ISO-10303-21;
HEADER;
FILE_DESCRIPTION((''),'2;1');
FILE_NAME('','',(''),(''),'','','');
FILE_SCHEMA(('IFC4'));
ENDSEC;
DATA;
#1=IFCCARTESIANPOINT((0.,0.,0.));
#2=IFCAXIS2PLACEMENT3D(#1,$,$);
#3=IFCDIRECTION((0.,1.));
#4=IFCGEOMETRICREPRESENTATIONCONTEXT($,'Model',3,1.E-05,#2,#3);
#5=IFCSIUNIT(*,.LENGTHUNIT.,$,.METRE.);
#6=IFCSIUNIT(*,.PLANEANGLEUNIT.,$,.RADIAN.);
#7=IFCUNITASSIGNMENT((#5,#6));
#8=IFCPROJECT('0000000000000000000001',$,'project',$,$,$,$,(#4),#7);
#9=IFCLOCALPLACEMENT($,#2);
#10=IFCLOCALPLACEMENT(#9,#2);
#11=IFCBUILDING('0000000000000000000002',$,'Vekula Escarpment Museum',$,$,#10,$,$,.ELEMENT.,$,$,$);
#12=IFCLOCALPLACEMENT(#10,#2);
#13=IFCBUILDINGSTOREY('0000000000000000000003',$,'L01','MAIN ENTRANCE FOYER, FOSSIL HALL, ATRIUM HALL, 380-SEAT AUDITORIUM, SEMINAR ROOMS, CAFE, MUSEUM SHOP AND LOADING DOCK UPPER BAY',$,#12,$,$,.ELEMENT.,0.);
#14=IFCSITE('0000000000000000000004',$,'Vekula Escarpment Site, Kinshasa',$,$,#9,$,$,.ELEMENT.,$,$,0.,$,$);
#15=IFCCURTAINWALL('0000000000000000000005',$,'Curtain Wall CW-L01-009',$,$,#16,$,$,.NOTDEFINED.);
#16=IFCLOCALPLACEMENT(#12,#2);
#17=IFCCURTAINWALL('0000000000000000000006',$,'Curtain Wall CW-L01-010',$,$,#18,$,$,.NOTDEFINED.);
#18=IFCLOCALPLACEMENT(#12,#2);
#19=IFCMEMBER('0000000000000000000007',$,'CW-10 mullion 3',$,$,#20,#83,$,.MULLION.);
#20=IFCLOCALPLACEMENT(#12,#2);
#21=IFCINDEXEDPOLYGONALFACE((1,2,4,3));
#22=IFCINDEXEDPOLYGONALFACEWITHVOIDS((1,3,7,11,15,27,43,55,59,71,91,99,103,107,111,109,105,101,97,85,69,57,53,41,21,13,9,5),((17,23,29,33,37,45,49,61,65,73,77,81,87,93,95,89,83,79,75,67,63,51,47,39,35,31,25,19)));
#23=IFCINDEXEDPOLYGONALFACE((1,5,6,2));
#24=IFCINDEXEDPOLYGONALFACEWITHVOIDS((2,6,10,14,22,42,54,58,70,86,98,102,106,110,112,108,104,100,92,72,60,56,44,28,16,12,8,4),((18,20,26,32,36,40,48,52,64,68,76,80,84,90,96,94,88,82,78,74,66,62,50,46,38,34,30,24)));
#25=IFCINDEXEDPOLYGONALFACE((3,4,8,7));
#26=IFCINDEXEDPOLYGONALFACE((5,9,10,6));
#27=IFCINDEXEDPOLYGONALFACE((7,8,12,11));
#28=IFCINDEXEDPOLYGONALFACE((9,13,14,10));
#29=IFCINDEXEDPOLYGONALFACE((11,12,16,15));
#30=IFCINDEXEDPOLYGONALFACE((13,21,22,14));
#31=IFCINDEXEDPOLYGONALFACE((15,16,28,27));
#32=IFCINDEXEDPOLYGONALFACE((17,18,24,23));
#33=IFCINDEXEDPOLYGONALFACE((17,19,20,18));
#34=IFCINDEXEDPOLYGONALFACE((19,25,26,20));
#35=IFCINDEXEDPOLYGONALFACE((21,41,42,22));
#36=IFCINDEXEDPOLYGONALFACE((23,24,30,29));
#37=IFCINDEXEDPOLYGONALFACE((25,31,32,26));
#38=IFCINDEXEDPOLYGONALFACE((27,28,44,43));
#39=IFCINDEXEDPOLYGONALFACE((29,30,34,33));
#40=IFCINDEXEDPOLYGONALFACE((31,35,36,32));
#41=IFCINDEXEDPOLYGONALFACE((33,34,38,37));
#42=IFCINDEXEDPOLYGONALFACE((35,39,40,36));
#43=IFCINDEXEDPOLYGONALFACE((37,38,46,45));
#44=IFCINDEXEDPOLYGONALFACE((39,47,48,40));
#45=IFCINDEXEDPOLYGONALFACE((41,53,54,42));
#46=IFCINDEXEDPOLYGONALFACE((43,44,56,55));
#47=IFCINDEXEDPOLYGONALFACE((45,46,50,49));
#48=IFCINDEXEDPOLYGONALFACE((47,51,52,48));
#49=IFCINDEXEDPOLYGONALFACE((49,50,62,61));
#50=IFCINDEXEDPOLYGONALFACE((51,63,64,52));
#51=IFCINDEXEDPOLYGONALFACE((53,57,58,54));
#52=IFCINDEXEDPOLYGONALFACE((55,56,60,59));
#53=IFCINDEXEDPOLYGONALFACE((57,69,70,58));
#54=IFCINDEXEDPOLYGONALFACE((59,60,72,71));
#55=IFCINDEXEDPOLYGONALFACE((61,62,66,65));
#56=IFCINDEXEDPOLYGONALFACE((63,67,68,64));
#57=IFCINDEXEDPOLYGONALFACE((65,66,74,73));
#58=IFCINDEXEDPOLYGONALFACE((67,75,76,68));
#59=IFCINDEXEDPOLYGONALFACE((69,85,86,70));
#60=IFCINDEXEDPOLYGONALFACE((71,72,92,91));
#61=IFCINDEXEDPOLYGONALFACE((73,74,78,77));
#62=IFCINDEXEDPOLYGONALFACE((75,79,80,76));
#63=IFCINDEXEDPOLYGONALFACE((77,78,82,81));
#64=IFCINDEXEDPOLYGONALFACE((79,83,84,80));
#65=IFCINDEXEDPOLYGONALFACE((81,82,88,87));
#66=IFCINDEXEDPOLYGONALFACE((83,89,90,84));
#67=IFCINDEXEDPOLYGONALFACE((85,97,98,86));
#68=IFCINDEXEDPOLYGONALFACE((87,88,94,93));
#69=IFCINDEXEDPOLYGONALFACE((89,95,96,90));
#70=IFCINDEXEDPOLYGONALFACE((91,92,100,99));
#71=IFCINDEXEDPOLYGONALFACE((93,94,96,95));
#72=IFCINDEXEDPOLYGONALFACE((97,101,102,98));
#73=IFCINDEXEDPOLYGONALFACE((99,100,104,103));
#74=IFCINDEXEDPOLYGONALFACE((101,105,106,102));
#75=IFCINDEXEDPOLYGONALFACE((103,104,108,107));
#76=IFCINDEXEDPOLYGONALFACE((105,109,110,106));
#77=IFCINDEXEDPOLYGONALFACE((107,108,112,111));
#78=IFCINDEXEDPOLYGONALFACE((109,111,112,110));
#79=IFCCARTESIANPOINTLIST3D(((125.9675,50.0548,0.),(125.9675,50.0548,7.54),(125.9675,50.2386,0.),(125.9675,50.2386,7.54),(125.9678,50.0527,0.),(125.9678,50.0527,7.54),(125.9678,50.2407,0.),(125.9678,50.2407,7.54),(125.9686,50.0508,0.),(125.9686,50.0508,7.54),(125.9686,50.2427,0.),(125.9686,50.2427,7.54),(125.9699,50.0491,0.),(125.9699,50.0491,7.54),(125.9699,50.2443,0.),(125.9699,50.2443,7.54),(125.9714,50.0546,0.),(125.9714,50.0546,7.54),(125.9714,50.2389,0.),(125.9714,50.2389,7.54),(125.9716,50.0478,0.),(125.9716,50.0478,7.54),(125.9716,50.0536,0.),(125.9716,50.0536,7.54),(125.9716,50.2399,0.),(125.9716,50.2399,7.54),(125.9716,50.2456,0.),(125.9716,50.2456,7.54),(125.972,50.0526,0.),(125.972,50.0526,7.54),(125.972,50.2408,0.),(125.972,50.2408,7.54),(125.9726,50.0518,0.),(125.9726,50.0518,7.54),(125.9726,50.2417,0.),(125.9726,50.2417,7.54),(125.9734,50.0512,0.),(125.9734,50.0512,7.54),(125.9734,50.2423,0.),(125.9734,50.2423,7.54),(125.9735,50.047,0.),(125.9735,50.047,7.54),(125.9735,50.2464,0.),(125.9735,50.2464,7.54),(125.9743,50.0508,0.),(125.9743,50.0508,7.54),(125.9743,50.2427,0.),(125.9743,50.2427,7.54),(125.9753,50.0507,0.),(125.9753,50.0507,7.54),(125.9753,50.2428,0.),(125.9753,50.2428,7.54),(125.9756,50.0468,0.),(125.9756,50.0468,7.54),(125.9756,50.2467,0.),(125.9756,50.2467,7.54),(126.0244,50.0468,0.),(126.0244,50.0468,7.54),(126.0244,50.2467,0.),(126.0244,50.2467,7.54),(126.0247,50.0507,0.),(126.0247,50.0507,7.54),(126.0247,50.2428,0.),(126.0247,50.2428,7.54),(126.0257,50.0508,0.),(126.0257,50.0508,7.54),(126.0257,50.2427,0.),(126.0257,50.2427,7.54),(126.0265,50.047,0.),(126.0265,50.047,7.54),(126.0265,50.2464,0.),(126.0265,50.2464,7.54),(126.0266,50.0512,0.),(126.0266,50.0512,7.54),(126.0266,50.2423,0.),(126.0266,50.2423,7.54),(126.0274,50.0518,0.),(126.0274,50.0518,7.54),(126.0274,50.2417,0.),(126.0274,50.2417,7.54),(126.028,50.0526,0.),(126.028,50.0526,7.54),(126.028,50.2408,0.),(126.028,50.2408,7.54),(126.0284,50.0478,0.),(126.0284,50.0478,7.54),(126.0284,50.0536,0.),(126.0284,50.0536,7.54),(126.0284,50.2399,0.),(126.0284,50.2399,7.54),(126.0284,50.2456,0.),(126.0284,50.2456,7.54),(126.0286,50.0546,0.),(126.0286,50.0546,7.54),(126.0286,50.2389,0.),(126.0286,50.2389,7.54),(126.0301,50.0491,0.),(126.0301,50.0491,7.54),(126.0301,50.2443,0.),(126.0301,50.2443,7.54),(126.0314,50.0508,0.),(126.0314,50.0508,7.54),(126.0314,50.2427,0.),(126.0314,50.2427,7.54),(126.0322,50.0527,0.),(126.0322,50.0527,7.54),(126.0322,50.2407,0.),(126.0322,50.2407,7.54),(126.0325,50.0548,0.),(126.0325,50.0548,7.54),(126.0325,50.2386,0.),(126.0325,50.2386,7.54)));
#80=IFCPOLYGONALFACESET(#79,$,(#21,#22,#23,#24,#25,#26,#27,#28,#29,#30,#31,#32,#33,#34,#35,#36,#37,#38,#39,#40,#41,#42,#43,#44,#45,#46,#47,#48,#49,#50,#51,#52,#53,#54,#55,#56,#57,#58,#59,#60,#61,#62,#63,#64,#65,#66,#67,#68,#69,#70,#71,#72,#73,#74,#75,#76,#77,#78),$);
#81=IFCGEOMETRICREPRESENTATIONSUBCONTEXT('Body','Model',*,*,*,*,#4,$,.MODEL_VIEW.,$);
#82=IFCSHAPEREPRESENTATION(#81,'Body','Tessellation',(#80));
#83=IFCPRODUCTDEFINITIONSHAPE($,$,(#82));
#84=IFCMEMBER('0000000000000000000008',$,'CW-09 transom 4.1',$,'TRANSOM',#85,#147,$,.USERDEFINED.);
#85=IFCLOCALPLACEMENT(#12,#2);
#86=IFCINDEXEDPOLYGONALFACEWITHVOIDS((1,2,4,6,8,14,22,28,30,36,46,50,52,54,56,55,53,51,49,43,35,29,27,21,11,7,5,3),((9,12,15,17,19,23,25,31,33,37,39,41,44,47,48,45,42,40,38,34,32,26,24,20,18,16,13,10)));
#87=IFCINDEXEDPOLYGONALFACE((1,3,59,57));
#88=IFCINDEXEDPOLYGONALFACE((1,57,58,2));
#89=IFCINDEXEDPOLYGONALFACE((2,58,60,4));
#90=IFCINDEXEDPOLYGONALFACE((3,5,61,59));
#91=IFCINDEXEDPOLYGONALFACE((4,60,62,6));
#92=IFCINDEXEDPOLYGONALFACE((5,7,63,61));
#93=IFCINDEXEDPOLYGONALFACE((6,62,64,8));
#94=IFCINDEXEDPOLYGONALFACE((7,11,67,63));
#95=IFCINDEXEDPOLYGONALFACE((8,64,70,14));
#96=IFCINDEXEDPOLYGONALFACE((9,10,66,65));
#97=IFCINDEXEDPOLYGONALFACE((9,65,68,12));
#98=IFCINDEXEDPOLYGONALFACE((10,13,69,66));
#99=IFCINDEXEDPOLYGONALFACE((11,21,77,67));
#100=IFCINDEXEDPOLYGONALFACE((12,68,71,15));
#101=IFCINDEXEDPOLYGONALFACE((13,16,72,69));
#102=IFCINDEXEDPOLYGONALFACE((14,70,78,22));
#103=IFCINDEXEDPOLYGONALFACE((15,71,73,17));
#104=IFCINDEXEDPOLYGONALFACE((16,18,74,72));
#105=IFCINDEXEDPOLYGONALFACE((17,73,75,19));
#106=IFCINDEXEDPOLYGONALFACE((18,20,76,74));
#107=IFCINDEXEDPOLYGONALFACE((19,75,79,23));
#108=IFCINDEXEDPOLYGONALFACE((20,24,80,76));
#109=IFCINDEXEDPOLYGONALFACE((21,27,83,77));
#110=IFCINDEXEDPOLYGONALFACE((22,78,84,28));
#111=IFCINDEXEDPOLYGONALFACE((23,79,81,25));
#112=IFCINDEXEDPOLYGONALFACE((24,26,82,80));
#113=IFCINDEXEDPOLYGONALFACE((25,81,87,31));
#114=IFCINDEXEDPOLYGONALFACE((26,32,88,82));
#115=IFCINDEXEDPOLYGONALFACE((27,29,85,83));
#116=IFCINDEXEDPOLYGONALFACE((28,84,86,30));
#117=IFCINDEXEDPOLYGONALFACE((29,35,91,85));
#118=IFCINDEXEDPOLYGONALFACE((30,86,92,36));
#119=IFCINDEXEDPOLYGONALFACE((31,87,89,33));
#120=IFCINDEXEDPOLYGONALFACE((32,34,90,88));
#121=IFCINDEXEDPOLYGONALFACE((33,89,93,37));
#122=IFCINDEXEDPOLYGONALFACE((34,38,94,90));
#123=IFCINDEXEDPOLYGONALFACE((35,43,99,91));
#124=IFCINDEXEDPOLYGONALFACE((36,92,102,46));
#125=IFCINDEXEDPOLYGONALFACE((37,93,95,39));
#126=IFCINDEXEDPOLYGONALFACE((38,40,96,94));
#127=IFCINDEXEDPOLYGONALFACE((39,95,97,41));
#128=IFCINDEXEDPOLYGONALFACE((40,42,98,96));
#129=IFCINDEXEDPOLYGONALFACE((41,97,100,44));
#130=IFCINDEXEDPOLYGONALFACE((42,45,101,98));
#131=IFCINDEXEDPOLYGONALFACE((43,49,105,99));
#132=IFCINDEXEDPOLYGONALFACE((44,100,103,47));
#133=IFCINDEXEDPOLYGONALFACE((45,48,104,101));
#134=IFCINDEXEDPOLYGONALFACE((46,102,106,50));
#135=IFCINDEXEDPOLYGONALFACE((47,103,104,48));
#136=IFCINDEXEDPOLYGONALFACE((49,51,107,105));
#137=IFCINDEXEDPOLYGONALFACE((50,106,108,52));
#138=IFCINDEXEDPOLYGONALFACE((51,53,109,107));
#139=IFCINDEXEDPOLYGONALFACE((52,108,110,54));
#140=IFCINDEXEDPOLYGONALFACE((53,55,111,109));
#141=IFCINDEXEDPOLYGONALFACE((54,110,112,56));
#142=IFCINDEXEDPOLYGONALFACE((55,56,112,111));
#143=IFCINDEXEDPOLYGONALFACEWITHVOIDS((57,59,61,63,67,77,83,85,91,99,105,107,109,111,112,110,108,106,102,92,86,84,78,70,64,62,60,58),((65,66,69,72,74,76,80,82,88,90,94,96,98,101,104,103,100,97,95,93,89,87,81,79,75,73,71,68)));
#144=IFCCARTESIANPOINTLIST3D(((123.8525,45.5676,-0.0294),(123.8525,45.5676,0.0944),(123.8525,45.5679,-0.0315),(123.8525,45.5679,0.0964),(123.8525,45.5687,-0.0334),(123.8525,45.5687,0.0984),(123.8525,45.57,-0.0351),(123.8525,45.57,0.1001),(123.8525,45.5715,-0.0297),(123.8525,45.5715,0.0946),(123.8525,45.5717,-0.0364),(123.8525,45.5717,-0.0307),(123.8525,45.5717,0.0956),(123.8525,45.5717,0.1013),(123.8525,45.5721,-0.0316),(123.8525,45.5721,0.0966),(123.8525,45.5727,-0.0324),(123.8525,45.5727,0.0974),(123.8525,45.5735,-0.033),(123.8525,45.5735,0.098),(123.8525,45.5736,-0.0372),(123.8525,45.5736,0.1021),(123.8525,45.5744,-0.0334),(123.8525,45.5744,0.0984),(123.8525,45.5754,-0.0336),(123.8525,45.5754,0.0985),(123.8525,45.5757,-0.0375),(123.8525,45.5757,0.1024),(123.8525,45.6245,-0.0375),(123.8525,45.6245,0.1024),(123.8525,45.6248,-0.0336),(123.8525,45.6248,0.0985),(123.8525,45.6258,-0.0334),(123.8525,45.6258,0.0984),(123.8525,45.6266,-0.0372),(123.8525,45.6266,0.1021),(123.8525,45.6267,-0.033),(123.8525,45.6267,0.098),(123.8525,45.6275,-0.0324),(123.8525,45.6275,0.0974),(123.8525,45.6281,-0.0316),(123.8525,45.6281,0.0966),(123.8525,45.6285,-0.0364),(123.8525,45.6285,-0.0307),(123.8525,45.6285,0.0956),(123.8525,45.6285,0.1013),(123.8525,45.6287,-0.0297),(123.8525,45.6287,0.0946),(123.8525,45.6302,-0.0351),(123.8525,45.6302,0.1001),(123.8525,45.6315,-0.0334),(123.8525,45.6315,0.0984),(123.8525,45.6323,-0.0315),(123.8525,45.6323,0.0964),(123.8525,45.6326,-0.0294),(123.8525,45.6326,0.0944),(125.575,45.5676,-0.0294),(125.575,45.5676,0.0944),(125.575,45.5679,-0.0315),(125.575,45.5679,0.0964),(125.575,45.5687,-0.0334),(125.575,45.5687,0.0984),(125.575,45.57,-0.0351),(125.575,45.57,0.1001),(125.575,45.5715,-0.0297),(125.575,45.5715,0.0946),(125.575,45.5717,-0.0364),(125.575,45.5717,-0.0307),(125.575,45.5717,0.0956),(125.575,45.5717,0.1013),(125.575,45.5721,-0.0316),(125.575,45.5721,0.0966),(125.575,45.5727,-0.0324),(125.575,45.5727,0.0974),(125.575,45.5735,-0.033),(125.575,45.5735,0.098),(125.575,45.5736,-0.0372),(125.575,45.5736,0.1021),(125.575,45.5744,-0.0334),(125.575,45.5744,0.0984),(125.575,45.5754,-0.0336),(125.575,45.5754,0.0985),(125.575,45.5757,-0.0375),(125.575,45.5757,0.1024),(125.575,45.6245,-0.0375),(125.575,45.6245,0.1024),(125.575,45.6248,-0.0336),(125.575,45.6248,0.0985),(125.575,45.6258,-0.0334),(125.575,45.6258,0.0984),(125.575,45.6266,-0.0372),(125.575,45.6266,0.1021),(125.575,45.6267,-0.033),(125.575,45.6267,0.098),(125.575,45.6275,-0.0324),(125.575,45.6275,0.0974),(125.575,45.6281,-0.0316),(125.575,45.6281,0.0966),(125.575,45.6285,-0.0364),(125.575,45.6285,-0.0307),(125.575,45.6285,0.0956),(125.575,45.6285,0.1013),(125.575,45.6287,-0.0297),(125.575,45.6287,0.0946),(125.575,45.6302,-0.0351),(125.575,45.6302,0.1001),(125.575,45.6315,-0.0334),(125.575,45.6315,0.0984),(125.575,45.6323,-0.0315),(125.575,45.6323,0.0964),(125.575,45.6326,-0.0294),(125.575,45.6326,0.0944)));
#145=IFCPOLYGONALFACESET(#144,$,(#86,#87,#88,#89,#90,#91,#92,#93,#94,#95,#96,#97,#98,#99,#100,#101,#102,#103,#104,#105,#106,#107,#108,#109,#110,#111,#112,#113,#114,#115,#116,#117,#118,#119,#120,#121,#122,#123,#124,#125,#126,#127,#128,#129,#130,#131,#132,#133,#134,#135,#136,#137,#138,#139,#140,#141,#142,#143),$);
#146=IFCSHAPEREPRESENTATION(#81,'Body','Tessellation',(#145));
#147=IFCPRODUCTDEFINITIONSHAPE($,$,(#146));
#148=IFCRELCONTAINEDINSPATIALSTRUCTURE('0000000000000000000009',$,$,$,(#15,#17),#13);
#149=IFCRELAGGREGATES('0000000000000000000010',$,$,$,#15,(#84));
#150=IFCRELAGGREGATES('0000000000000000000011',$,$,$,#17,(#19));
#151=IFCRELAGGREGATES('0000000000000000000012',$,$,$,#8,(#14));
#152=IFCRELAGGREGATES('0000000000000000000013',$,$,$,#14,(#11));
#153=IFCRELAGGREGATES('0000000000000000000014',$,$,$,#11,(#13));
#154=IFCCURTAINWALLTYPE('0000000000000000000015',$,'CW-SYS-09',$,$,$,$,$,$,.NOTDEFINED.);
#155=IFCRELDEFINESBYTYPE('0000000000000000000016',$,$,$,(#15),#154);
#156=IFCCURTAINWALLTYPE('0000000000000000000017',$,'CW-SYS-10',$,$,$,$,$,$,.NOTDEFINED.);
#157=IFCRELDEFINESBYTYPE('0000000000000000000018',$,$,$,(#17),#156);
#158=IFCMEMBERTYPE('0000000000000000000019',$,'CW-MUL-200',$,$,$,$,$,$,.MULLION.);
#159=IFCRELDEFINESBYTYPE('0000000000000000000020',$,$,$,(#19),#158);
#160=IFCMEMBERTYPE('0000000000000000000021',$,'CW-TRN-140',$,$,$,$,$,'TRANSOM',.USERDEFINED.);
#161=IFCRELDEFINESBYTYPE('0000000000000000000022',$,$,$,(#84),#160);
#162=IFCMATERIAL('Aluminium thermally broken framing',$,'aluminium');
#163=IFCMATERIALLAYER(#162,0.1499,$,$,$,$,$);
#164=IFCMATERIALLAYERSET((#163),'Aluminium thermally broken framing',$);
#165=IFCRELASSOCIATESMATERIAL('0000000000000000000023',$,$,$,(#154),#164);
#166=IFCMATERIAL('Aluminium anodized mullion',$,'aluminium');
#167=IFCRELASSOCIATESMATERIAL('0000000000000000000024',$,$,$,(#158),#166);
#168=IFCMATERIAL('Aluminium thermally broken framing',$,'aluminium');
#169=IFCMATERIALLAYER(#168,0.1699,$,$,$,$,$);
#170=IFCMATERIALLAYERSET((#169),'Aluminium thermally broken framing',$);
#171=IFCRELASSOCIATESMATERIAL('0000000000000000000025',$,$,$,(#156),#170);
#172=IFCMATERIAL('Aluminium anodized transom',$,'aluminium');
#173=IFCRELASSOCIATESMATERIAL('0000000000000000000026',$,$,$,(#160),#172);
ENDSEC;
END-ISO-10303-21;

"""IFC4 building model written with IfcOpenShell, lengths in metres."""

from ifc_helpers import new_model, si_unit, direction, frame, origin, origin_2d, place, context, subcontext, project, spatial, hollow_rectangle, extrude, material, layer, layer_set, material_profile, profile_set, type_object, element, aggregate, save


model = new_model("IFC4")

# Units and contexts
model_context = context("Model", 3, precision=1e-05, world=origin(), true_north=direction((0.0, 1.0)))
body_context = subcontext(model_context, "Body", "Model", "MODEL_VIEW")
ifc_project = project(units=[si_unit("LENGTHUNIT", "METRE"), si_unit("PLANEANGLEUNIT", "RADIAN")], contexts=[model_context])

# Site, building, storey
site_placement = place(None, origin())
site = spatial("IfcSite", under=ifc_project, at=site_placement, Name="Vekula Escarpment Site, Kinshasa", CompositionType="ELEMENT", RefElevation=0.0)
building_placement = place(site_placement, origin())
building = spatial("IfcBuilding", under=site, at=building_placement, Name="Vekula Escarpment Museum", CompositionType="ELEMENT")
storey_placement = place(building_placement, origin())
storey = spatial("IfcBuildingStorey", under=building, at=storey_placement, Name="L01", Description="MAIN ENTRANCE FOYER, FOSSIL HALL, ATRIUM HALL, 380-SEAT AUDITORIUM, SEMINAR ROOMS, CAFE, MUSEUM SHOP AND LOADING DOCK UPPER BAY", CompositionType="ELEMENT", Elevation=0.0)

# Curtain walls, member
ifc_material_1 = material(Name="Aluminium thermally broken framing", Category="aluminium")
ifc_layer_1 = layer(ifc_material_1, 0.1499)
ifc_layer_set_1 = layer_set([ifc_layer_1], Name="Aluminium thermally broken framing")
curtain_wall_type_1 = type_object("IfcCurtainWallType", Name="CW-SYS-09", PredefinedType="NOTDEFINED", material=ifc_layer_set_1)
curtain_wall_1_placement = place(storey_placement, origin())
curtain_wall_1 = element("IfcCurtainWall", 1, at=curtain_wall_1_placement, inside=storey, type_object=curtain_wall_type_1, Name="Curtain Wall CW-L01-009", PredefinedType="NOTDEFINED")
ifc_material_2 = material(Name="Aluminium anodized mullion", Category="aluminium")
ifc_material_profile_1 = material_profile(ifc_material_2, hollow_rectangle(XDim=0.0649, YDim=0.2, WallThickness=0.0039, InnerFilletRadius=0.0039, OuterFilletRadius=0.0081, at=origin_2d()), Name="ALU 200x65x4")
ifc_profile_set_1 = profile_set([ifc_material_profile_1], Name="Aluminium anodized mullion")
member_type_1 = type_object("IfcMemberType", Name="CW-MUL-200", PredefinedType="MULLION", material=ifc_profile_set_1)
ifc_material_3 = material(Name="Aluminium thermally broken framing", Category="aluminium")
ifc_layer_2 = layer(ifc_material_3, 0.1699)
ifc_layer_set_2 = layer_set([ifc_layer_2], Name="Aluminium thermally broken framing")
curtain_wall_type_2 = type_object("IfcCurtainWallType", Name="CW-SYS-10", PredefinedType="NOTDEFINED", material=ifc_layer_set_2)
curtain_wall_2_placement = place(storey_placement, origin())
curtain_wall_2 = element("IfcCurtainWall", 2, at=curtain_wall_2_placement, inside=storey, type_object=curtain_wall_type_2, Name="Curtain Wall CW-L01-010", PredefinedType="NOTDEFINED")
member_1_placement = place(storey_placement, frame((126.0, 50.1467, 0.0), z_axis=(0.0, 0.0, 1.0), x_axis=(-1.0, 0.0, 0.0)))
member_1 = element("IfcMember", 3, at=member_1_placement, type_object=member_type_1, Name="CW-10 mullion 3", PredefinedType="MULLION", context=body_context, shape_type="SweptSolid", body=[
    extrude(hollow_rectangle(XDim=0.0649, YDim=0.2, WallThickness=0.0039, InnerFilletRadius=0.0039, OuterFilletRadius=0.0081, at=origin_2d()), origin(), (0.0, 0.0, 1.0), 7.54),
])

# Member
ifc_material_4 = material(Name="Aluminium anodized transom", Category="aluminium")
ifc_material_profile_2 = material_profile(ifc_material_4, hollow_rectangle(XDim=0.0649, YDim=0.1399, WallThickness=0.0039, InnerFilletRadius=0.0039, OuterFilletRadius=0.0081, at=origin_2d()), Name="ALU 140x65x4")
ifc_profile_set_2 = profile_set([ifc_material_profile_2], Name="Aluminium anodized transom")
member_type_2 = type_object("IfcMemberType", Name="CW-TRN-140", ElementType="TRANSOM", PredefinedType="USERDEFINED", material=ifc_profile_set_2)
member_2_placement = place(storey_placement, frame((123.8525, 45.6001, 0.0325), z_axis=(1.0, 0.0, 0.0), x_axis=(0.0, 1.0, 0.0)))
member_2 = element("IfcMember", 4, at=member_2_placement, type_object=member_type_2, Name="CW-09 transom 4.1", ObjectType="TRANSOM", PredefinedType="USERDEFINED", context=body_context, shape_type="SweptSolid", body=[
    extrude(hollow_rectangle(XDim=0.0649, YDim=0.1399, WallThickness=0.0039, InnerFilletRadius=0.0039, OuterFilletRadius=0.0081, at=origin_2d()), origin(), (0.0, 0.0, 1.0), 1.7224),
])

aggregate(curtain_wall_1, [member_2])
aggregate(curtain_wall_2, [member_1])

save(model, "model.ifc")
